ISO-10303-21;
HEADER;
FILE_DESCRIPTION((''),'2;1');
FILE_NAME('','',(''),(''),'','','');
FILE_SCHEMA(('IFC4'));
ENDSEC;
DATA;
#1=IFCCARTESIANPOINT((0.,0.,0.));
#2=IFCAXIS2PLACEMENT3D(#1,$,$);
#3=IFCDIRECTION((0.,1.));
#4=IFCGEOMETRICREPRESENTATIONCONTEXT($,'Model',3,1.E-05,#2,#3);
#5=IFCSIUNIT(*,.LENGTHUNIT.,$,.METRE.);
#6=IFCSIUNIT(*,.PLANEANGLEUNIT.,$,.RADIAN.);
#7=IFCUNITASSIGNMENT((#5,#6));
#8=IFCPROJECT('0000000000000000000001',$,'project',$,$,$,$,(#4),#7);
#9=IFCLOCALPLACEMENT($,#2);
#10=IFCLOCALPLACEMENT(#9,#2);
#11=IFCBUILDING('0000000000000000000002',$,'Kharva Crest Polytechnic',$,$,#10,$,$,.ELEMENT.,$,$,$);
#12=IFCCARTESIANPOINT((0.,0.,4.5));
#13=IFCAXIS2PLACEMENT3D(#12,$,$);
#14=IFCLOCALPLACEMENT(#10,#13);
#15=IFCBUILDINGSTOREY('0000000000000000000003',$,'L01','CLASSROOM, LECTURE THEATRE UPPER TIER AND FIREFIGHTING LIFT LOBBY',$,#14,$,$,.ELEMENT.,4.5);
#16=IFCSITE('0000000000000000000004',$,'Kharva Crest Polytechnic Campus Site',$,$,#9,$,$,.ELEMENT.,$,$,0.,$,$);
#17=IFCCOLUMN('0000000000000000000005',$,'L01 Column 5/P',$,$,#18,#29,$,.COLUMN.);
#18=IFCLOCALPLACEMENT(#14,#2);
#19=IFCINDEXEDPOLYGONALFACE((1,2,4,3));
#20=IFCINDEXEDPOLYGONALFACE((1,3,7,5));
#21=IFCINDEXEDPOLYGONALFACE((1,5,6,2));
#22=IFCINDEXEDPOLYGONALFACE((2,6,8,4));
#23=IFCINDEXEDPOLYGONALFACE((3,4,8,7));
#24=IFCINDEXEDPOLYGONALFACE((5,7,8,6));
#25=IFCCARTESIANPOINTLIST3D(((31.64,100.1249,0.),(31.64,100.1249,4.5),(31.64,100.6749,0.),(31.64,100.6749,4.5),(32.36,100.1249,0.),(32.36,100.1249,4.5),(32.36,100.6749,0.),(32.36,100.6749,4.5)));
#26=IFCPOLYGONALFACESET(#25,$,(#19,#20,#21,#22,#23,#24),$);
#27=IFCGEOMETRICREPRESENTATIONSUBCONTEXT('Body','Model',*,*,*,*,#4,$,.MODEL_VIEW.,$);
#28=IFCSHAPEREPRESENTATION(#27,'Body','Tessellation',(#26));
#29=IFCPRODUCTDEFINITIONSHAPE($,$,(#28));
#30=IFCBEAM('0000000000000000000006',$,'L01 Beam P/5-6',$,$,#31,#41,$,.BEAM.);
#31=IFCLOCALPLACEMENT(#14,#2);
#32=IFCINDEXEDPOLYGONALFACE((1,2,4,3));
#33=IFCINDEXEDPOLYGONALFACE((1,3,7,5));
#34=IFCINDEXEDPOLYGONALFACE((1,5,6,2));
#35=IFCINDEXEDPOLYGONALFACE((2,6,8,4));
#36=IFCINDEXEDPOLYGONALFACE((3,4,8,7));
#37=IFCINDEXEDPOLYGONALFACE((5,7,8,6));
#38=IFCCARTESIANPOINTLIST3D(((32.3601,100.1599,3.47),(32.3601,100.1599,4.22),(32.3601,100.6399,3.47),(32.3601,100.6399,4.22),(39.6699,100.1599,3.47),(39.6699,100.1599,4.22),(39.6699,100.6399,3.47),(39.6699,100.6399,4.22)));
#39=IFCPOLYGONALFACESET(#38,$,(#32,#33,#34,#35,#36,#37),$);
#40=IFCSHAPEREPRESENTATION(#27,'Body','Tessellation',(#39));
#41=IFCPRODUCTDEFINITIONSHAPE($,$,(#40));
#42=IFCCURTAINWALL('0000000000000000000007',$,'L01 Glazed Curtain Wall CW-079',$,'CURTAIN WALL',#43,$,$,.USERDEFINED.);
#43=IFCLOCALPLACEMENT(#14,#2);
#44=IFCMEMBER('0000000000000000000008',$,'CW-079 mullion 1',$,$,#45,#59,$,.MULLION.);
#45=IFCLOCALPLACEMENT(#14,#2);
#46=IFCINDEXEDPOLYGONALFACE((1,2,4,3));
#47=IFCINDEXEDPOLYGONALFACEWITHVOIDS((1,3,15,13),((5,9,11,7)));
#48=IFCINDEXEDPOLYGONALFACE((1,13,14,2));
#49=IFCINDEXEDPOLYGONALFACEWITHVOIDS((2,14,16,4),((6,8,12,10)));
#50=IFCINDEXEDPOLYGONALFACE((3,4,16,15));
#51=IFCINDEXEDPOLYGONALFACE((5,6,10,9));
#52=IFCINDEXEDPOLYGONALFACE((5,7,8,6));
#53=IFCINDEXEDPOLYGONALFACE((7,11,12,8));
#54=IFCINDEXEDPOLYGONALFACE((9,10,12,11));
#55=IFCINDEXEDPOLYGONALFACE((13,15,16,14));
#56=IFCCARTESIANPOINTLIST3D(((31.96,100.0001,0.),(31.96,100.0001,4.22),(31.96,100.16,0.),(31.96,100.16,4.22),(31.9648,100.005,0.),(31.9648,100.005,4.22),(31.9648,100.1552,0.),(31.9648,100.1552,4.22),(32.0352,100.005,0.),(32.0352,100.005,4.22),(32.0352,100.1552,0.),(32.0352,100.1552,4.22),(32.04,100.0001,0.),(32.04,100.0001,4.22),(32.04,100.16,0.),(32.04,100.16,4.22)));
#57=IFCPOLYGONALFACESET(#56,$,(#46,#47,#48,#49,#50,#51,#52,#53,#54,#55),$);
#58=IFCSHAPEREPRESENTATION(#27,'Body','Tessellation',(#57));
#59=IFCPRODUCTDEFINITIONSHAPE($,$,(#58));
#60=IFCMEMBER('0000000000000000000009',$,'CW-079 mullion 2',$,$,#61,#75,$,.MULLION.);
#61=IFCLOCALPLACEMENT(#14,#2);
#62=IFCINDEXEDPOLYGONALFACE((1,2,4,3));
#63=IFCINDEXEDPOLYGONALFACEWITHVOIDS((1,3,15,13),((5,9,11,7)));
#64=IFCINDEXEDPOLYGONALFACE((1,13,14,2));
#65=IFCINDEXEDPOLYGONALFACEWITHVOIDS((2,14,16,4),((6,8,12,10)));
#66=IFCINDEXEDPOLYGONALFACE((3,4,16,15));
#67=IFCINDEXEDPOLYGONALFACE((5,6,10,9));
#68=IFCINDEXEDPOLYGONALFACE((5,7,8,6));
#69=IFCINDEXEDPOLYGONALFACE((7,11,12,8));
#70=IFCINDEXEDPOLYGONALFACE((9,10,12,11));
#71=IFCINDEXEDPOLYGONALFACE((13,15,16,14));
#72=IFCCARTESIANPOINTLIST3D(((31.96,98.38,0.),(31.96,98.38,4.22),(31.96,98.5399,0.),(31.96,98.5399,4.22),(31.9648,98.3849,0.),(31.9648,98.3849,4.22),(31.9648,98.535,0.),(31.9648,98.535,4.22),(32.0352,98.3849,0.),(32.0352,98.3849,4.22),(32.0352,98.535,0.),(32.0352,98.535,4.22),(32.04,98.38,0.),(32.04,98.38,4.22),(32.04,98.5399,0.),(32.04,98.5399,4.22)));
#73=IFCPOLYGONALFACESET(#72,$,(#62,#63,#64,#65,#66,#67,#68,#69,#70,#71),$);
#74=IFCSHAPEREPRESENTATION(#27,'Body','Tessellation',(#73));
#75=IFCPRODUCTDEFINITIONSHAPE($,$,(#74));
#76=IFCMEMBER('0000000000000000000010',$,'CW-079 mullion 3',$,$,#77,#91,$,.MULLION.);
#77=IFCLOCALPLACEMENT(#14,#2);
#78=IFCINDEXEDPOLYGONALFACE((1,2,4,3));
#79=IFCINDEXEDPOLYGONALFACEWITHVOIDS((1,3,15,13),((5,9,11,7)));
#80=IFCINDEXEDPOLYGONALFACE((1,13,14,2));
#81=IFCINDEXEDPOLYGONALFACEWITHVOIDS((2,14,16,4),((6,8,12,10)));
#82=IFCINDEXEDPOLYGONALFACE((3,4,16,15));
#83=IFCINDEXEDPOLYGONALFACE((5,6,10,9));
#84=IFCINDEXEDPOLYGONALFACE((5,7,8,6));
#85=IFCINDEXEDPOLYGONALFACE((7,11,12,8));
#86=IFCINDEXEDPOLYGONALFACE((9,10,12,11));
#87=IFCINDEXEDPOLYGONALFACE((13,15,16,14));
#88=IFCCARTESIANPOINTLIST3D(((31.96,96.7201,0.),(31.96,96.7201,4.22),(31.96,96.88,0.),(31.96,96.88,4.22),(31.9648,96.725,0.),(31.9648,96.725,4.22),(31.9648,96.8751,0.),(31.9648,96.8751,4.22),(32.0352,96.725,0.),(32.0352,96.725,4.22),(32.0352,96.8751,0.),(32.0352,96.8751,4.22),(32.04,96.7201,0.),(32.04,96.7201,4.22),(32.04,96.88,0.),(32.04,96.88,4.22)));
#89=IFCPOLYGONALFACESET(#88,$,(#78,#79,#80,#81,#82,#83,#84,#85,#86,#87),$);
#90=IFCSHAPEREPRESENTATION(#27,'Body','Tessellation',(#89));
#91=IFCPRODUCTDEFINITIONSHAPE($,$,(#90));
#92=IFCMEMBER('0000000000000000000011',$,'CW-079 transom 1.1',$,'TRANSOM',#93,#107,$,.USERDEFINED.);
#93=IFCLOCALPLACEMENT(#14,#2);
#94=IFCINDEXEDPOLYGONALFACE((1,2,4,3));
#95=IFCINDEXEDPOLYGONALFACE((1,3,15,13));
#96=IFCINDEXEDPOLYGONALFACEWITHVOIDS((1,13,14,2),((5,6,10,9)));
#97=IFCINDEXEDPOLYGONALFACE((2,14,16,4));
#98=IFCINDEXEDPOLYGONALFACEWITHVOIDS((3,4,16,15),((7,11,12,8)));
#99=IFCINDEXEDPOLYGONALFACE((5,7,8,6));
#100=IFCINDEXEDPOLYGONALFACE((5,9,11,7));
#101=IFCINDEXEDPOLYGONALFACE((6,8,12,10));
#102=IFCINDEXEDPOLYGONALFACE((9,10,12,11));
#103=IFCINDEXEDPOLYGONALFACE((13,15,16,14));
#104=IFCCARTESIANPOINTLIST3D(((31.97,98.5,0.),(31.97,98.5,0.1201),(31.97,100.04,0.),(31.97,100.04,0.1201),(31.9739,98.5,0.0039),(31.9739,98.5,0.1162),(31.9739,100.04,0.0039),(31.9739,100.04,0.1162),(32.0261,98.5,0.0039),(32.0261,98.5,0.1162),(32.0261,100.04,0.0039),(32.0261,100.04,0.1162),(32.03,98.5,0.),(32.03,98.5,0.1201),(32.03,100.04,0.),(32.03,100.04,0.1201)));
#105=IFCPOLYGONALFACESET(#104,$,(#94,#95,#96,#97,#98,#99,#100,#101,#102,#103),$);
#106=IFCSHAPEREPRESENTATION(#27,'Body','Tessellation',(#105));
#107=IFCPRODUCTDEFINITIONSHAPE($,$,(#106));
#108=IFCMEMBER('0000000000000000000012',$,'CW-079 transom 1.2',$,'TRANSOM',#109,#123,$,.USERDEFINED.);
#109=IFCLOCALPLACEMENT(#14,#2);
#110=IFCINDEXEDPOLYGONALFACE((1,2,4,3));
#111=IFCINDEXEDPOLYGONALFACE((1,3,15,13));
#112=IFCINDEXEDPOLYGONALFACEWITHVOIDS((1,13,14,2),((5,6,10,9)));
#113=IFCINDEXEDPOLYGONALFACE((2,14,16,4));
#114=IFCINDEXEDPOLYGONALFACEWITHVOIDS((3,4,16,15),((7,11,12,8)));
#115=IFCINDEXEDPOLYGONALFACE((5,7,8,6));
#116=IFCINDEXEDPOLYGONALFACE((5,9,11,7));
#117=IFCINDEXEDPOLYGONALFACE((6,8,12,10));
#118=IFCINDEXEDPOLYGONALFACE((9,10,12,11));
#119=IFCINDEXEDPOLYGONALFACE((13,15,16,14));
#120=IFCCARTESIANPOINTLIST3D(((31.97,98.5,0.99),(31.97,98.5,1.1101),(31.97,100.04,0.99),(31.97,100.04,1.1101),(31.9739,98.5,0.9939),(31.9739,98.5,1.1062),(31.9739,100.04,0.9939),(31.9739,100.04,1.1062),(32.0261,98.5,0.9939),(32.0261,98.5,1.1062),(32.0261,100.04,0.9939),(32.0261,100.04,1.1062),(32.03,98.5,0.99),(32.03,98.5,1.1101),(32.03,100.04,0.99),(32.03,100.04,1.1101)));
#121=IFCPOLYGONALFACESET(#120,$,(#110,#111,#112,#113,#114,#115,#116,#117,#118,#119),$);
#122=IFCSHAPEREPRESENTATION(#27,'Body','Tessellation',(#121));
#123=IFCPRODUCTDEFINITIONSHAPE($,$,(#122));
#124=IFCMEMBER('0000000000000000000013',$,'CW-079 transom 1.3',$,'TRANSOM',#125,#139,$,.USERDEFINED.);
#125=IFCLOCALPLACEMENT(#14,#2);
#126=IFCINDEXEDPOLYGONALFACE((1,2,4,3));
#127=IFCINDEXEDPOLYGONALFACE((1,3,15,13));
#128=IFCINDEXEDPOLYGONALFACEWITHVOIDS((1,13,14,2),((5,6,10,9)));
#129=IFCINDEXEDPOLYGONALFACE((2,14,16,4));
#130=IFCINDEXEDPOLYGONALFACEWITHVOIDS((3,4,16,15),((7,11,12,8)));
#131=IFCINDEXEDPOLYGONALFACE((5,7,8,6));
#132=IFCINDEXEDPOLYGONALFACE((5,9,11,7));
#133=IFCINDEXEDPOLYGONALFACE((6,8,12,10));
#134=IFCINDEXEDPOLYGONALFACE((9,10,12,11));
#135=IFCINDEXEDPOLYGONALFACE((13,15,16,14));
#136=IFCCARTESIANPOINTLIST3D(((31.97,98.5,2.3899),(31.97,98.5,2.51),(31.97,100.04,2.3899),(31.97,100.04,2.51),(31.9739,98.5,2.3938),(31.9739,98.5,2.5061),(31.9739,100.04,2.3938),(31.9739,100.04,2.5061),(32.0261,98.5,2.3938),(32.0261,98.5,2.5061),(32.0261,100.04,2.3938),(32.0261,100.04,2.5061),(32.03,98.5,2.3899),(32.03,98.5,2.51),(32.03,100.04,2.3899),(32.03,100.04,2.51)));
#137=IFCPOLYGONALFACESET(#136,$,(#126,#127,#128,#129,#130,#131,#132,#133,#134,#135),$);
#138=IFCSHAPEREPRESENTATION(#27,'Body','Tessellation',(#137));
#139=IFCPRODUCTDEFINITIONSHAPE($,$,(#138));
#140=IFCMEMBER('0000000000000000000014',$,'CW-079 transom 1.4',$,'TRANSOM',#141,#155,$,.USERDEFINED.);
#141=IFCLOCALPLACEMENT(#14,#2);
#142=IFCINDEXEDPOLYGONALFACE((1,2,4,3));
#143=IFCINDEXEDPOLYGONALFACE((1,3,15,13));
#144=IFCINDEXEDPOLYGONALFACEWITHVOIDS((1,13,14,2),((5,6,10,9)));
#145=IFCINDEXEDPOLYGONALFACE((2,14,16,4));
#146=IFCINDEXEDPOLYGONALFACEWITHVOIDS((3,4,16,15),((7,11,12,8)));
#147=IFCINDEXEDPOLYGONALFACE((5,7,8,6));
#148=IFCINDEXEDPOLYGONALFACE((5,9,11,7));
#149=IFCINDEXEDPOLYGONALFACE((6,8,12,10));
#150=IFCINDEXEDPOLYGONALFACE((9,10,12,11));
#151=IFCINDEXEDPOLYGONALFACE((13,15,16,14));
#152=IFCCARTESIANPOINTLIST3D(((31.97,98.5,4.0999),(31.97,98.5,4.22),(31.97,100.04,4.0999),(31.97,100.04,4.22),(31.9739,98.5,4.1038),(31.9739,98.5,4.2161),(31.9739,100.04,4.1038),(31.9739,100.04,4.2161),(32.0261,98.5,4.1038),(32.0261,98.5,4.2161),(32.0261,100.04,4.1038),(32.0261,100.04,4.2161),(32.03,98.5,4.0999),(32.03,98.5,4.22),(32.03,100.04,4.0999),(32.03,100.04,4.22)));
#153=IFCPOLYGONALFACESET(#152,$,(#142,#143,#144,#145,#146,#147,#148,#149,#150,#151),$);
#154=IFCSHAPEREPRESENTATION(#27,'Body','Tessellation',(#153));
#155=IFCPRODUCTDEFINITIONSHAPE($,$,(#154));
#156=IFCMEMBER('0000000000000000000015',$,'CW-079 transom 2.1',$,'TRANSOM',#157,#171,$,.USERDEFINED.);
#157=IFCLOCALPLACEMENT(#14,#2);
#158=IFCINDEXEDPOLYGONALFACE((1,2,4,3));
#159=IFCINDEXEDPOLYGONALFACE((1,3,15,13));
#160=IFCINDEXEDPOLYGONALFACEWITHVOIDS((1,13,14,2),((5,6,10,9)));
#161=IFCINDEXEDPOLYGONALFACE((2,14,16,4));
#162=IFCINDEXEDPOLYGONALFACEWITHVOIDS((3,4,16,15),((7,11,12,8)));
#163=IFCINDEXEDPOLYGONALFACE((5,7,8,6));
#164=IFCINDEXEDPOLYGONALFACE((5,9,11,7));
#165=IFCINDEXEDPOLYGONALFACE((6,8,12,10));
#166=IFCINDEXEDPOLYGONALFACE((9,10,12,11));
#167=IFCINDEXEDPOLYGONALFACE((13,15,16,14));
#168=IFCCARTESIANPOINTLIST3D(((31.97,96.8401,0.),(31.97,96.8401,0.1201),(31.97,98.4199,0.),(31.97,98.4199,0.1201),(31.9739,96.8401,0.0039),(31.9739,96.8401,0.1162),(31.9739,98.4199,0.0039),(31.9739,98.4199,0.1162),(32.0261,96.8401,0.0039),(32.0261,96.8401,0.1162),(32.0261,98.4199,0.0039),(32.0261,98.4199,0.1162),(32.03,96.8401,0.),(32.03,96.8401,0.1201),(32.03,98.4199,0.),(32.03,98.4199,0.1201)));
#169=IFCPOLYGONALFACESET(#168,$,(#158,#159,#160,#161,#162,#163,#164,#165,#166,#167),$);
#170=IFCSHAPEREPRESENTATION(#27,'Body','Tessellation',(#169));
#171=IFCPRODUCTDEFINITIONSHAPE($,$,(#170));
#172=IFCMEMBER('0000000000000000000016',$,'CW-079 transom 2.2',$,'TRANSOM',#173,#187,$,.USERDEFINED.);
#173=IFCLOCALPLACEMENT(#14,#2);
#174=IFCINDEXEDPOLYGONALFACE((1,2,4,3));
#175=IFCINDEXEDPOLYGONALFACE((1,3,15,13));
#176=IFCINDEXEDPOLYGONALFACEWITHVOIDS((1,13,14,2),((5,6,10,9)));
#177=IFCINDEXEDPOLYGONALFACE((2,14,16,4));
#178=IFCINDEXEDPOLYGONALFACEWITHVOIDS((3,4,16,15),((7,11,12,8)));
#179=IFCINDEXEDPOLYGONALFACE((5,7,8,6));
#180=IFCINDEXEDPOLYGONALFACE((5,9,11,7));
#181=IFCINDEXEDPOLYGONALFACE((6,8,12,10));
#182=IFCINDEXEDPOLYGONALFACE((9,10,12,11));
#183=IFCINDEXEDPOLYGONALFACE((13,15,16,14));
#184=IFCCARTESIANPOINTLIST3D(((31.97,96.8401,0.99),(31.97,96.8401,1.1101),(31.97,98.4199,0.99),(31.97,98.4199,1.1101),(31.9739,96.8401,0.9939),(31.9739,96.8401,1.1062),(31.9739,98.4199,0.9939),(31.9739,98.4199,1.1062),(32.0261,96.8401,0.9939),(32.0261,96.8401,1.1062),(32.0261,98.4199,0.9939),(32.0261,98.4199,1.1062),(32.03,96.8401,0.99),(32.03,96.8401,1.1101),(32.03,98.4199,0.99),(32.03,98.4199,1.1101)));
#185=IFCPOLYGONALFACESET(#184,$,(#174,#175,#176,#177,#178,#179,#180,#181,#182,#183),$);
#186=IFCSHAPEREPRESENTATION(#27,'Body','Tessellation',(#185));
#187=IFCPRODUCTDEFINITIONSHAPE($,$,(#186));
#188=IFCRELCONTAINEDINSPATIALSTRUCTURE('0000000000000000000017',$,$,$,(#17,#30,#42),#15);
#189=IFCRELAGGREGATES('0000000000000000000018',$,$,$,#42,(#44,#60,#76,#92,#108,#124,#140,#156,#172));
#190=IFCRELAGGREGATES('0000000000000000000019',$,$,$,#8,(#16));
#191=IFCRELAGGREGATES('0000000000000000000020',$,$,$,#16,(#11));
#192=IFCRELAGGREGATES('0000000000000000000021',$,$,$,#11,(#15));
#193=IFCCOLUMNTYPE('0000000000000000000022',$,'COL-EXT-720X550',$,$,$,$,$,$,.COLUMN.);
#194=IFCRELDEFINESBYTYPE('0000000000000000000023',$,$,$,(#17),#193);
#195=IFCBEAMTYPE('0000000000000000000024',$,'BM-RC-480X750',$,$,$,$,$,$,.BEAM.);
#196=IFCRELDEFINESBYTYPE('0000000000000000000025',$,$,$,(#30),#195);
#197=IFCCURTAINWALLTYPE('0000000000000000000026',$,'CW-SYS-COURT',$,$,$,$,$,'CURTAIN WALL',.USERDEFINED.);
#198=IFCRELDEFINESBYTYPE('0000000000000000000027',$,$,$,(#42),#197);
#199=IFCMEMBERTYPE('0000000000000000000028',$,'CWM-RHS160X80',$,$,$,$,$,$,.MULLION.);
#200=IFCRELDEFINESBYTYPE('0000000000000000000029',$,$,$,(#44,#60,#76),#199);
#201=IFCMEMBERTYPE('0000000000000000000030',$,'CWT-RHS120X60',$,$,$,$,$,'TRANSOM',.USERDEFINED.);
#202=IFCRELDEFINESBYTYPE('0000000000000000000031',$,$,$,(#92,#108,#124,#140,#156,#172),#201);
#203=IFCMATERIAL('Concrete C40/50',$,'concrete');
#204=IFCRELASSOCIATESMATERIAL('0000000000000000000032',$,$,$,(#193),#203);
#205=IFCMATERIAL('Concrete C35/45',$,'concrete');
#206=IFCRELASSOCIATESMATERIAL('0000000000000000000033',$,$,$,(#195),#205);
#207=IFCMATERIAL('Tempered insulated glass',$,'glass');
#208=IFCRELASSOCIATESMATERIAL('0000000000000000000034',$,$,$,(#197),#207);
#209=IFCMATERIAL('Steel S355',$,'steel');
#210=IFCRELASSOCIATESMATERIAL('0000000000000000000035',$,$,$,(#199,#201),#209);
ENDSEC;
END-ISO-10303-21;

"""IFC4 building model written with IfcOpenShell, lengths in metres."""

from ifc_helpers import new_model, si_unit, direction, frame, origin, origin_2d, place, context, subcontext, project, spatial, rectangle, hollow_rectangle, extrude, material, material_profile, profile_set, type_object, element, aggregate, save


model = new_model("IFC4")

# Units and contexts
model_context = context("Model", 3, precision=1e-05, world=origin(), true_north=direction((0.0, 1.0)))
body_context = subcontext(model_context, "Body", "Model", "MODEL_VIEW")
ifc_project = project(units=[si_unit("LENGTHUNIT", "METRE"), si_unit("PLANEANGLEUNIT", "RADIAN")], contexts=[model_context])

# Site, building, storey
site_placement = place(None, origin())
site = spatial("IfcSite", under=ifc_project, at=site_placement, Name="Kharva Crest Polytechnic Campus Site", CompositionType="ELEMENT", RefElevation=0.0)
building_placement = place(site_placement, origin())
building = spatial("IfcBuilding", under=site, at=building_placement, Name="Kharva Crest Polytechnic", CompositionType="ELEMENT")
storey_placement = place(building_placement, frame((0.0, 0.0, 4.5)))
storey = spatial("IfcBuildingStorey", under=building, at=storey_placement, Name="L01", Description="CLASSROOM, LECTURE THEATRE UPPER TIER AND FIREFIGHTING LIFT LOBBY", CompositionType="ELEMENT", Elevation=4.5)

# Column
ifc_material_1 = material(Name="Concrete C40/50", Category="concrete")
ifc_material_profile_1 = material_profile(ifc_material_1, rectangle(XDim=0.72, YDim=0.55, at=origin_2d()), Name="RECT 720 X 550")
ifc_profile_set_1 = profile_set([ifc_material_profile_1], Name="Concrete C40/50")
column_type = type_object("IfcColumnType", Name="COL-EXT-720X550", PredefinedType="COLUMN", material=ifc_profile_set_1)
column_placement = place(storey_placement, frame((32.0, 100.3999, 0.0), z_axis=(0.0, 0.0, 1.0), x_axis=(1.0, 0.0, 0.0)))
element("IfcColumn", 1, at=column_placement, inside=storey, type_object=column_type, Name="L01 Column 5/P", PredefinedType="COLUMN", context=body_context, shape_type="SweptSolid", body=[
    extrude(rectangle(XDim=0.72, YDim=0.55, at=origin_2d()), origin(), (0.0, 0.0, 1.0), 4.5),
])

# Beam
ifc_material_2 = material(Name="Concrete C35/45", Category="concrete")
ifc_material_profile_2 = material_profile(ifc_material_2, rectangle(XDim=0.48, YDim=0.75, at=origin_2d()), Name="RECT 480 X 750")
ifc_profile_set_2 = profile_set([ifc_material_profile_2], Name="Concrete C35/45")
beam_type = type_object("IfcBeamType", Name="BM-RC-480X750", PredefinedType="BEAM", material=ifc_profile_set_2)
beam_placement = place(storey_placement, frame((32.3601, 100.3999, 3.845), z_axis=(1.0, 0.0, 0.0), x_axis=(0.0, 1.0, 0.0)))
element("IfcBeam", 2, at=beam_placement, inside=storey, type_object=beam_type, Name="L01 Beam P/5-6", PredefinedType="BEAM", context=body_context, shape_type="SweptSolid", body=[
    extrude(rectangle(XDim=0.48, YDim=0.75, at=origin_2d()), origin(), (0.0, 0.0, 1.0), 7.3098),
])

# Curtain wall, members
ifc_material_3 = material(Name="Tempered insulated glass", Category="glass")
curtain_wall_type = type_object("IfcCurtainWallType", Name="CW-SYS-COURT", ElementType="CURTAIN WALL", PredefinedType="USERDEFINED", material=ifc_material_3)
curtain_wall_placement = place(storey_placement, origin())
curtain_wall = element("IfcCurtainWall", 3, at=curtain_wall_placement, inside=storey, type_object=curtain_wall_type, Name="L01 Glazed Curtain Wall CW-079", ObjectType="CURTAIN WALL", PredefinedType="USERDEFINED")
ifc_material_4 = material(Name="Steel S355", Category="steel")
ifc_material_profile_3 = material_profile(ifc_material_4, hollow_rectangle(XDim=0.0801, YDim=0.1599, WallThickness=0.0049, at=origin_2d()), Name="RHS 160X80X5.0")
ifc_profile_set_3 = profile_set([ifc_material_profile_3], Name="Steel S355")
member_type_1 = type_object("IfcMemberType", Name="CWM-RHS160X80", PredefinedType="MULLION", material=ifc_profile_set_3)
member_1_placement = place(storey_placement, frame((32.0, 100.0801, 0.0), z_axis=(0.0, 0.0, 1.0), x_axis=(1.0, 0.0, 0.0)))
member_1 = element("IfcMember", 4, at=member_1_placement, type_object=member_type_1, Name="CW-079 mullion 1", PredefinedType="MULLION", context=body_context, shape_type="SweptSolid", body=[
    extrude(hollow_rectangle(XDim=0.0801, YDim=0.1599, WallThickness=0.0049, at=origin_2d()), origin(), (0.0, 0.0, 1.0), 4.22),
])
member_2_placement = place(storey_placement, frame((32.0, 98.46, 0.0), z_axis=(0.0, 0.0, 1.0), x_axis=(1.0, 0.0, 0.0)))
member_2 = element("IfcMember", 5, at=member_2_placement, type_object=member_type_1, Name="CW-079 mullion 2", PredefinedType="MULLION", context=body_context, shape_type="SweptSolid", body=[
    extrude(hollow_rectangle(XDim=0.0801, YDim=0.1599, WallThickness=0.0049, at=origin_2d()), origin(), (0.0, 0.0, 1.0), 4.22),
])
member_3_placement = place(storey_placement, frame((32.0, 96.8, 0.0), z_axis=(0.0, 0.0, 1.0), x_axis=(1.0, 0.0, 0.0)))
member_3 = element("IfcMember", 6, at=member_3_placement, type_object=member_type_1, Name="CW-079 mullion 3", PredefinedType="MULLION", context=body_context, shape_type="SweptSolid", body=[
    extrude(hollow_rectangle(XDim=0.0801, YDim=0.1599, WallThickness=0.0049, at=origin_2d()), origin(), (0.0, 0.0, 1.0), 4.22),
])
ifc_material_profile_4 = material_profile(ifc_material_4, hollow_rectangle(XDim=0.0601, YDim=0.1201, WallThickness=0.0039, at=origin_2d()), Name="RHS 120X60X4.0")
ifc_profile_set_4 = profile_set([ifc_material_profile_4], Name="Steel S355")
member_type_2 = type_object("IfcMemberType", Name="CWT-RHS120X60", ElementType="TRANSOM", PredefinedType="USERDEFINED", material=ifc_profile_set_4)
member_4_placement = place(storey_placement, frame((32.0, 100.04, 0.0601), z_axis=(0.0, -1.0, 0.0), x_axis=(1.0, 0.0, 0.0)))
member_4 = element("IfcMember", 7, at=member_4_placement, type_object=member_type_2, Name="CW-079 transom 1.1", ObjectType="TRANSOM", PredefinedType="USERDEFINED", context=body_context, shape_type="SweptSolid", body=[
    extrude(hollow_rectangle(XDim=0.0601, YDim=0.1201, WallThickness=0.0039, at=origin_2d()), origin(), (0.0, 0.0, 1.0), 1.54),
])
member_5_placement = place(storey_placement, frame((32.0, 100.04, 1.05), z_axis=(0.0, -1.0, 0.0), x_axis=(1.0, 0.0, 0.0)))
member_5 = element("IfcMember", 8, at=member_5_placement, type_object=member_type_2, Name="CW-079 transom 1.2", ObjectType="TRANSOM", PredefinedType="USERDEFINED", context=body_context, shape_type="SweptSolid", body=[
    extrude(hollow_rectangle(XDim=0.0601, YDim=0.1201, WallThickness=0.0039, at=origin_2d()), origin(), (0.0, 0.0, 1.0), 1.54),
])
member_6_placement = place(storey_placement, frame((32.0, 100.04, 2.45), z_axis=(0.0, -1.0, 0.0), x_axis=(1.0, 0.0, 0.0)))
member_6 = element("IfcMember", 9, at=member_6_placement, type_object=member_type_2, Name="CW-079 transom 1.3", ObjectType="TRANSOM", PredefinedType="USERDEFINED", context=body_context, shape_type="SweptSolid", body=[
    extrude(hollow_rectangle(XDim=0.0601, YDim=0.1201, WallThickness=0.0039, at=origin_2d()), origin(), (0.0, 0.0, 1.0), 1.54),
])
member_7_placement = place(storey_placement, frame((32.0, 100.04, 4.1599), z_axis=(0.0, -1.0, 0.0), x_axis=(1.0, 0.0, 0.0)))
member_7 = element("IfcMember", 10, at=member_7_placement, type_object=member_type_2, Name="CW-079 transom 1.4", ObjectType="TRANSOM", PredefinedType="USERDEFINED", context=body_context, shape_type="SweptSolid", body=[
    extrude(hollow_rectangle(XDim=0.0601, YDim=0.1201, WallThickness=0.0039, at=origin_2d()), origin(), (0.0, 0.0, 1.0), 1.54),
])
member_8_placement = place(storey_placement, frame((32.0, 98.4199, 0.0601), z_axis=(0.0, -1.0, 0.0), x_axis=(1.0, 0.0, 0.0)))
member_8 = element("IfcMember", 11, at=member_8_placement, type_object=member_type_2, Name="CW-079 transom 2.1", ObjectType="TRANSOM", PredefinedType="USERDEFINED", context=body_context, shape_type="SweptSolid", body=[
    extrude(hollow_rectangle(XDim=0.0601, YDim=0.1201, WallThickness=0.0039, at=origin_2d()), origin(), (0.0, 0.0, 1.0), 1.5798),
])
member_9_placement = place(storey_placement, frame((32.0, 98.4199, 1.05), z_axis=(0.0, -1.0, 0.0), x_axis=(1.0, 0.0, 0.0)))
member_9 = element("IfcMember", 12, at=member_9_placement, type_object=member_type_2, Name="CW-079 transom 2.2", ObjectType="TRANSOM", PredefinedType="USERDEFINED", context=body_context, shape_type="SweptSolid", body=[
    extrude(hollow_rectangle(XDim=0.0601, YDim=0.1201, WallThickness=0.0039, at=origin_2d()), origin(), (0.0, 0.0, 1.0), 1.5798),
])
aggregate(curtain_wall, [member_1, member_2, member_3, member_4, member_5, member_6, member_7, member_8, member_9])

save(model, "model.ifc")
